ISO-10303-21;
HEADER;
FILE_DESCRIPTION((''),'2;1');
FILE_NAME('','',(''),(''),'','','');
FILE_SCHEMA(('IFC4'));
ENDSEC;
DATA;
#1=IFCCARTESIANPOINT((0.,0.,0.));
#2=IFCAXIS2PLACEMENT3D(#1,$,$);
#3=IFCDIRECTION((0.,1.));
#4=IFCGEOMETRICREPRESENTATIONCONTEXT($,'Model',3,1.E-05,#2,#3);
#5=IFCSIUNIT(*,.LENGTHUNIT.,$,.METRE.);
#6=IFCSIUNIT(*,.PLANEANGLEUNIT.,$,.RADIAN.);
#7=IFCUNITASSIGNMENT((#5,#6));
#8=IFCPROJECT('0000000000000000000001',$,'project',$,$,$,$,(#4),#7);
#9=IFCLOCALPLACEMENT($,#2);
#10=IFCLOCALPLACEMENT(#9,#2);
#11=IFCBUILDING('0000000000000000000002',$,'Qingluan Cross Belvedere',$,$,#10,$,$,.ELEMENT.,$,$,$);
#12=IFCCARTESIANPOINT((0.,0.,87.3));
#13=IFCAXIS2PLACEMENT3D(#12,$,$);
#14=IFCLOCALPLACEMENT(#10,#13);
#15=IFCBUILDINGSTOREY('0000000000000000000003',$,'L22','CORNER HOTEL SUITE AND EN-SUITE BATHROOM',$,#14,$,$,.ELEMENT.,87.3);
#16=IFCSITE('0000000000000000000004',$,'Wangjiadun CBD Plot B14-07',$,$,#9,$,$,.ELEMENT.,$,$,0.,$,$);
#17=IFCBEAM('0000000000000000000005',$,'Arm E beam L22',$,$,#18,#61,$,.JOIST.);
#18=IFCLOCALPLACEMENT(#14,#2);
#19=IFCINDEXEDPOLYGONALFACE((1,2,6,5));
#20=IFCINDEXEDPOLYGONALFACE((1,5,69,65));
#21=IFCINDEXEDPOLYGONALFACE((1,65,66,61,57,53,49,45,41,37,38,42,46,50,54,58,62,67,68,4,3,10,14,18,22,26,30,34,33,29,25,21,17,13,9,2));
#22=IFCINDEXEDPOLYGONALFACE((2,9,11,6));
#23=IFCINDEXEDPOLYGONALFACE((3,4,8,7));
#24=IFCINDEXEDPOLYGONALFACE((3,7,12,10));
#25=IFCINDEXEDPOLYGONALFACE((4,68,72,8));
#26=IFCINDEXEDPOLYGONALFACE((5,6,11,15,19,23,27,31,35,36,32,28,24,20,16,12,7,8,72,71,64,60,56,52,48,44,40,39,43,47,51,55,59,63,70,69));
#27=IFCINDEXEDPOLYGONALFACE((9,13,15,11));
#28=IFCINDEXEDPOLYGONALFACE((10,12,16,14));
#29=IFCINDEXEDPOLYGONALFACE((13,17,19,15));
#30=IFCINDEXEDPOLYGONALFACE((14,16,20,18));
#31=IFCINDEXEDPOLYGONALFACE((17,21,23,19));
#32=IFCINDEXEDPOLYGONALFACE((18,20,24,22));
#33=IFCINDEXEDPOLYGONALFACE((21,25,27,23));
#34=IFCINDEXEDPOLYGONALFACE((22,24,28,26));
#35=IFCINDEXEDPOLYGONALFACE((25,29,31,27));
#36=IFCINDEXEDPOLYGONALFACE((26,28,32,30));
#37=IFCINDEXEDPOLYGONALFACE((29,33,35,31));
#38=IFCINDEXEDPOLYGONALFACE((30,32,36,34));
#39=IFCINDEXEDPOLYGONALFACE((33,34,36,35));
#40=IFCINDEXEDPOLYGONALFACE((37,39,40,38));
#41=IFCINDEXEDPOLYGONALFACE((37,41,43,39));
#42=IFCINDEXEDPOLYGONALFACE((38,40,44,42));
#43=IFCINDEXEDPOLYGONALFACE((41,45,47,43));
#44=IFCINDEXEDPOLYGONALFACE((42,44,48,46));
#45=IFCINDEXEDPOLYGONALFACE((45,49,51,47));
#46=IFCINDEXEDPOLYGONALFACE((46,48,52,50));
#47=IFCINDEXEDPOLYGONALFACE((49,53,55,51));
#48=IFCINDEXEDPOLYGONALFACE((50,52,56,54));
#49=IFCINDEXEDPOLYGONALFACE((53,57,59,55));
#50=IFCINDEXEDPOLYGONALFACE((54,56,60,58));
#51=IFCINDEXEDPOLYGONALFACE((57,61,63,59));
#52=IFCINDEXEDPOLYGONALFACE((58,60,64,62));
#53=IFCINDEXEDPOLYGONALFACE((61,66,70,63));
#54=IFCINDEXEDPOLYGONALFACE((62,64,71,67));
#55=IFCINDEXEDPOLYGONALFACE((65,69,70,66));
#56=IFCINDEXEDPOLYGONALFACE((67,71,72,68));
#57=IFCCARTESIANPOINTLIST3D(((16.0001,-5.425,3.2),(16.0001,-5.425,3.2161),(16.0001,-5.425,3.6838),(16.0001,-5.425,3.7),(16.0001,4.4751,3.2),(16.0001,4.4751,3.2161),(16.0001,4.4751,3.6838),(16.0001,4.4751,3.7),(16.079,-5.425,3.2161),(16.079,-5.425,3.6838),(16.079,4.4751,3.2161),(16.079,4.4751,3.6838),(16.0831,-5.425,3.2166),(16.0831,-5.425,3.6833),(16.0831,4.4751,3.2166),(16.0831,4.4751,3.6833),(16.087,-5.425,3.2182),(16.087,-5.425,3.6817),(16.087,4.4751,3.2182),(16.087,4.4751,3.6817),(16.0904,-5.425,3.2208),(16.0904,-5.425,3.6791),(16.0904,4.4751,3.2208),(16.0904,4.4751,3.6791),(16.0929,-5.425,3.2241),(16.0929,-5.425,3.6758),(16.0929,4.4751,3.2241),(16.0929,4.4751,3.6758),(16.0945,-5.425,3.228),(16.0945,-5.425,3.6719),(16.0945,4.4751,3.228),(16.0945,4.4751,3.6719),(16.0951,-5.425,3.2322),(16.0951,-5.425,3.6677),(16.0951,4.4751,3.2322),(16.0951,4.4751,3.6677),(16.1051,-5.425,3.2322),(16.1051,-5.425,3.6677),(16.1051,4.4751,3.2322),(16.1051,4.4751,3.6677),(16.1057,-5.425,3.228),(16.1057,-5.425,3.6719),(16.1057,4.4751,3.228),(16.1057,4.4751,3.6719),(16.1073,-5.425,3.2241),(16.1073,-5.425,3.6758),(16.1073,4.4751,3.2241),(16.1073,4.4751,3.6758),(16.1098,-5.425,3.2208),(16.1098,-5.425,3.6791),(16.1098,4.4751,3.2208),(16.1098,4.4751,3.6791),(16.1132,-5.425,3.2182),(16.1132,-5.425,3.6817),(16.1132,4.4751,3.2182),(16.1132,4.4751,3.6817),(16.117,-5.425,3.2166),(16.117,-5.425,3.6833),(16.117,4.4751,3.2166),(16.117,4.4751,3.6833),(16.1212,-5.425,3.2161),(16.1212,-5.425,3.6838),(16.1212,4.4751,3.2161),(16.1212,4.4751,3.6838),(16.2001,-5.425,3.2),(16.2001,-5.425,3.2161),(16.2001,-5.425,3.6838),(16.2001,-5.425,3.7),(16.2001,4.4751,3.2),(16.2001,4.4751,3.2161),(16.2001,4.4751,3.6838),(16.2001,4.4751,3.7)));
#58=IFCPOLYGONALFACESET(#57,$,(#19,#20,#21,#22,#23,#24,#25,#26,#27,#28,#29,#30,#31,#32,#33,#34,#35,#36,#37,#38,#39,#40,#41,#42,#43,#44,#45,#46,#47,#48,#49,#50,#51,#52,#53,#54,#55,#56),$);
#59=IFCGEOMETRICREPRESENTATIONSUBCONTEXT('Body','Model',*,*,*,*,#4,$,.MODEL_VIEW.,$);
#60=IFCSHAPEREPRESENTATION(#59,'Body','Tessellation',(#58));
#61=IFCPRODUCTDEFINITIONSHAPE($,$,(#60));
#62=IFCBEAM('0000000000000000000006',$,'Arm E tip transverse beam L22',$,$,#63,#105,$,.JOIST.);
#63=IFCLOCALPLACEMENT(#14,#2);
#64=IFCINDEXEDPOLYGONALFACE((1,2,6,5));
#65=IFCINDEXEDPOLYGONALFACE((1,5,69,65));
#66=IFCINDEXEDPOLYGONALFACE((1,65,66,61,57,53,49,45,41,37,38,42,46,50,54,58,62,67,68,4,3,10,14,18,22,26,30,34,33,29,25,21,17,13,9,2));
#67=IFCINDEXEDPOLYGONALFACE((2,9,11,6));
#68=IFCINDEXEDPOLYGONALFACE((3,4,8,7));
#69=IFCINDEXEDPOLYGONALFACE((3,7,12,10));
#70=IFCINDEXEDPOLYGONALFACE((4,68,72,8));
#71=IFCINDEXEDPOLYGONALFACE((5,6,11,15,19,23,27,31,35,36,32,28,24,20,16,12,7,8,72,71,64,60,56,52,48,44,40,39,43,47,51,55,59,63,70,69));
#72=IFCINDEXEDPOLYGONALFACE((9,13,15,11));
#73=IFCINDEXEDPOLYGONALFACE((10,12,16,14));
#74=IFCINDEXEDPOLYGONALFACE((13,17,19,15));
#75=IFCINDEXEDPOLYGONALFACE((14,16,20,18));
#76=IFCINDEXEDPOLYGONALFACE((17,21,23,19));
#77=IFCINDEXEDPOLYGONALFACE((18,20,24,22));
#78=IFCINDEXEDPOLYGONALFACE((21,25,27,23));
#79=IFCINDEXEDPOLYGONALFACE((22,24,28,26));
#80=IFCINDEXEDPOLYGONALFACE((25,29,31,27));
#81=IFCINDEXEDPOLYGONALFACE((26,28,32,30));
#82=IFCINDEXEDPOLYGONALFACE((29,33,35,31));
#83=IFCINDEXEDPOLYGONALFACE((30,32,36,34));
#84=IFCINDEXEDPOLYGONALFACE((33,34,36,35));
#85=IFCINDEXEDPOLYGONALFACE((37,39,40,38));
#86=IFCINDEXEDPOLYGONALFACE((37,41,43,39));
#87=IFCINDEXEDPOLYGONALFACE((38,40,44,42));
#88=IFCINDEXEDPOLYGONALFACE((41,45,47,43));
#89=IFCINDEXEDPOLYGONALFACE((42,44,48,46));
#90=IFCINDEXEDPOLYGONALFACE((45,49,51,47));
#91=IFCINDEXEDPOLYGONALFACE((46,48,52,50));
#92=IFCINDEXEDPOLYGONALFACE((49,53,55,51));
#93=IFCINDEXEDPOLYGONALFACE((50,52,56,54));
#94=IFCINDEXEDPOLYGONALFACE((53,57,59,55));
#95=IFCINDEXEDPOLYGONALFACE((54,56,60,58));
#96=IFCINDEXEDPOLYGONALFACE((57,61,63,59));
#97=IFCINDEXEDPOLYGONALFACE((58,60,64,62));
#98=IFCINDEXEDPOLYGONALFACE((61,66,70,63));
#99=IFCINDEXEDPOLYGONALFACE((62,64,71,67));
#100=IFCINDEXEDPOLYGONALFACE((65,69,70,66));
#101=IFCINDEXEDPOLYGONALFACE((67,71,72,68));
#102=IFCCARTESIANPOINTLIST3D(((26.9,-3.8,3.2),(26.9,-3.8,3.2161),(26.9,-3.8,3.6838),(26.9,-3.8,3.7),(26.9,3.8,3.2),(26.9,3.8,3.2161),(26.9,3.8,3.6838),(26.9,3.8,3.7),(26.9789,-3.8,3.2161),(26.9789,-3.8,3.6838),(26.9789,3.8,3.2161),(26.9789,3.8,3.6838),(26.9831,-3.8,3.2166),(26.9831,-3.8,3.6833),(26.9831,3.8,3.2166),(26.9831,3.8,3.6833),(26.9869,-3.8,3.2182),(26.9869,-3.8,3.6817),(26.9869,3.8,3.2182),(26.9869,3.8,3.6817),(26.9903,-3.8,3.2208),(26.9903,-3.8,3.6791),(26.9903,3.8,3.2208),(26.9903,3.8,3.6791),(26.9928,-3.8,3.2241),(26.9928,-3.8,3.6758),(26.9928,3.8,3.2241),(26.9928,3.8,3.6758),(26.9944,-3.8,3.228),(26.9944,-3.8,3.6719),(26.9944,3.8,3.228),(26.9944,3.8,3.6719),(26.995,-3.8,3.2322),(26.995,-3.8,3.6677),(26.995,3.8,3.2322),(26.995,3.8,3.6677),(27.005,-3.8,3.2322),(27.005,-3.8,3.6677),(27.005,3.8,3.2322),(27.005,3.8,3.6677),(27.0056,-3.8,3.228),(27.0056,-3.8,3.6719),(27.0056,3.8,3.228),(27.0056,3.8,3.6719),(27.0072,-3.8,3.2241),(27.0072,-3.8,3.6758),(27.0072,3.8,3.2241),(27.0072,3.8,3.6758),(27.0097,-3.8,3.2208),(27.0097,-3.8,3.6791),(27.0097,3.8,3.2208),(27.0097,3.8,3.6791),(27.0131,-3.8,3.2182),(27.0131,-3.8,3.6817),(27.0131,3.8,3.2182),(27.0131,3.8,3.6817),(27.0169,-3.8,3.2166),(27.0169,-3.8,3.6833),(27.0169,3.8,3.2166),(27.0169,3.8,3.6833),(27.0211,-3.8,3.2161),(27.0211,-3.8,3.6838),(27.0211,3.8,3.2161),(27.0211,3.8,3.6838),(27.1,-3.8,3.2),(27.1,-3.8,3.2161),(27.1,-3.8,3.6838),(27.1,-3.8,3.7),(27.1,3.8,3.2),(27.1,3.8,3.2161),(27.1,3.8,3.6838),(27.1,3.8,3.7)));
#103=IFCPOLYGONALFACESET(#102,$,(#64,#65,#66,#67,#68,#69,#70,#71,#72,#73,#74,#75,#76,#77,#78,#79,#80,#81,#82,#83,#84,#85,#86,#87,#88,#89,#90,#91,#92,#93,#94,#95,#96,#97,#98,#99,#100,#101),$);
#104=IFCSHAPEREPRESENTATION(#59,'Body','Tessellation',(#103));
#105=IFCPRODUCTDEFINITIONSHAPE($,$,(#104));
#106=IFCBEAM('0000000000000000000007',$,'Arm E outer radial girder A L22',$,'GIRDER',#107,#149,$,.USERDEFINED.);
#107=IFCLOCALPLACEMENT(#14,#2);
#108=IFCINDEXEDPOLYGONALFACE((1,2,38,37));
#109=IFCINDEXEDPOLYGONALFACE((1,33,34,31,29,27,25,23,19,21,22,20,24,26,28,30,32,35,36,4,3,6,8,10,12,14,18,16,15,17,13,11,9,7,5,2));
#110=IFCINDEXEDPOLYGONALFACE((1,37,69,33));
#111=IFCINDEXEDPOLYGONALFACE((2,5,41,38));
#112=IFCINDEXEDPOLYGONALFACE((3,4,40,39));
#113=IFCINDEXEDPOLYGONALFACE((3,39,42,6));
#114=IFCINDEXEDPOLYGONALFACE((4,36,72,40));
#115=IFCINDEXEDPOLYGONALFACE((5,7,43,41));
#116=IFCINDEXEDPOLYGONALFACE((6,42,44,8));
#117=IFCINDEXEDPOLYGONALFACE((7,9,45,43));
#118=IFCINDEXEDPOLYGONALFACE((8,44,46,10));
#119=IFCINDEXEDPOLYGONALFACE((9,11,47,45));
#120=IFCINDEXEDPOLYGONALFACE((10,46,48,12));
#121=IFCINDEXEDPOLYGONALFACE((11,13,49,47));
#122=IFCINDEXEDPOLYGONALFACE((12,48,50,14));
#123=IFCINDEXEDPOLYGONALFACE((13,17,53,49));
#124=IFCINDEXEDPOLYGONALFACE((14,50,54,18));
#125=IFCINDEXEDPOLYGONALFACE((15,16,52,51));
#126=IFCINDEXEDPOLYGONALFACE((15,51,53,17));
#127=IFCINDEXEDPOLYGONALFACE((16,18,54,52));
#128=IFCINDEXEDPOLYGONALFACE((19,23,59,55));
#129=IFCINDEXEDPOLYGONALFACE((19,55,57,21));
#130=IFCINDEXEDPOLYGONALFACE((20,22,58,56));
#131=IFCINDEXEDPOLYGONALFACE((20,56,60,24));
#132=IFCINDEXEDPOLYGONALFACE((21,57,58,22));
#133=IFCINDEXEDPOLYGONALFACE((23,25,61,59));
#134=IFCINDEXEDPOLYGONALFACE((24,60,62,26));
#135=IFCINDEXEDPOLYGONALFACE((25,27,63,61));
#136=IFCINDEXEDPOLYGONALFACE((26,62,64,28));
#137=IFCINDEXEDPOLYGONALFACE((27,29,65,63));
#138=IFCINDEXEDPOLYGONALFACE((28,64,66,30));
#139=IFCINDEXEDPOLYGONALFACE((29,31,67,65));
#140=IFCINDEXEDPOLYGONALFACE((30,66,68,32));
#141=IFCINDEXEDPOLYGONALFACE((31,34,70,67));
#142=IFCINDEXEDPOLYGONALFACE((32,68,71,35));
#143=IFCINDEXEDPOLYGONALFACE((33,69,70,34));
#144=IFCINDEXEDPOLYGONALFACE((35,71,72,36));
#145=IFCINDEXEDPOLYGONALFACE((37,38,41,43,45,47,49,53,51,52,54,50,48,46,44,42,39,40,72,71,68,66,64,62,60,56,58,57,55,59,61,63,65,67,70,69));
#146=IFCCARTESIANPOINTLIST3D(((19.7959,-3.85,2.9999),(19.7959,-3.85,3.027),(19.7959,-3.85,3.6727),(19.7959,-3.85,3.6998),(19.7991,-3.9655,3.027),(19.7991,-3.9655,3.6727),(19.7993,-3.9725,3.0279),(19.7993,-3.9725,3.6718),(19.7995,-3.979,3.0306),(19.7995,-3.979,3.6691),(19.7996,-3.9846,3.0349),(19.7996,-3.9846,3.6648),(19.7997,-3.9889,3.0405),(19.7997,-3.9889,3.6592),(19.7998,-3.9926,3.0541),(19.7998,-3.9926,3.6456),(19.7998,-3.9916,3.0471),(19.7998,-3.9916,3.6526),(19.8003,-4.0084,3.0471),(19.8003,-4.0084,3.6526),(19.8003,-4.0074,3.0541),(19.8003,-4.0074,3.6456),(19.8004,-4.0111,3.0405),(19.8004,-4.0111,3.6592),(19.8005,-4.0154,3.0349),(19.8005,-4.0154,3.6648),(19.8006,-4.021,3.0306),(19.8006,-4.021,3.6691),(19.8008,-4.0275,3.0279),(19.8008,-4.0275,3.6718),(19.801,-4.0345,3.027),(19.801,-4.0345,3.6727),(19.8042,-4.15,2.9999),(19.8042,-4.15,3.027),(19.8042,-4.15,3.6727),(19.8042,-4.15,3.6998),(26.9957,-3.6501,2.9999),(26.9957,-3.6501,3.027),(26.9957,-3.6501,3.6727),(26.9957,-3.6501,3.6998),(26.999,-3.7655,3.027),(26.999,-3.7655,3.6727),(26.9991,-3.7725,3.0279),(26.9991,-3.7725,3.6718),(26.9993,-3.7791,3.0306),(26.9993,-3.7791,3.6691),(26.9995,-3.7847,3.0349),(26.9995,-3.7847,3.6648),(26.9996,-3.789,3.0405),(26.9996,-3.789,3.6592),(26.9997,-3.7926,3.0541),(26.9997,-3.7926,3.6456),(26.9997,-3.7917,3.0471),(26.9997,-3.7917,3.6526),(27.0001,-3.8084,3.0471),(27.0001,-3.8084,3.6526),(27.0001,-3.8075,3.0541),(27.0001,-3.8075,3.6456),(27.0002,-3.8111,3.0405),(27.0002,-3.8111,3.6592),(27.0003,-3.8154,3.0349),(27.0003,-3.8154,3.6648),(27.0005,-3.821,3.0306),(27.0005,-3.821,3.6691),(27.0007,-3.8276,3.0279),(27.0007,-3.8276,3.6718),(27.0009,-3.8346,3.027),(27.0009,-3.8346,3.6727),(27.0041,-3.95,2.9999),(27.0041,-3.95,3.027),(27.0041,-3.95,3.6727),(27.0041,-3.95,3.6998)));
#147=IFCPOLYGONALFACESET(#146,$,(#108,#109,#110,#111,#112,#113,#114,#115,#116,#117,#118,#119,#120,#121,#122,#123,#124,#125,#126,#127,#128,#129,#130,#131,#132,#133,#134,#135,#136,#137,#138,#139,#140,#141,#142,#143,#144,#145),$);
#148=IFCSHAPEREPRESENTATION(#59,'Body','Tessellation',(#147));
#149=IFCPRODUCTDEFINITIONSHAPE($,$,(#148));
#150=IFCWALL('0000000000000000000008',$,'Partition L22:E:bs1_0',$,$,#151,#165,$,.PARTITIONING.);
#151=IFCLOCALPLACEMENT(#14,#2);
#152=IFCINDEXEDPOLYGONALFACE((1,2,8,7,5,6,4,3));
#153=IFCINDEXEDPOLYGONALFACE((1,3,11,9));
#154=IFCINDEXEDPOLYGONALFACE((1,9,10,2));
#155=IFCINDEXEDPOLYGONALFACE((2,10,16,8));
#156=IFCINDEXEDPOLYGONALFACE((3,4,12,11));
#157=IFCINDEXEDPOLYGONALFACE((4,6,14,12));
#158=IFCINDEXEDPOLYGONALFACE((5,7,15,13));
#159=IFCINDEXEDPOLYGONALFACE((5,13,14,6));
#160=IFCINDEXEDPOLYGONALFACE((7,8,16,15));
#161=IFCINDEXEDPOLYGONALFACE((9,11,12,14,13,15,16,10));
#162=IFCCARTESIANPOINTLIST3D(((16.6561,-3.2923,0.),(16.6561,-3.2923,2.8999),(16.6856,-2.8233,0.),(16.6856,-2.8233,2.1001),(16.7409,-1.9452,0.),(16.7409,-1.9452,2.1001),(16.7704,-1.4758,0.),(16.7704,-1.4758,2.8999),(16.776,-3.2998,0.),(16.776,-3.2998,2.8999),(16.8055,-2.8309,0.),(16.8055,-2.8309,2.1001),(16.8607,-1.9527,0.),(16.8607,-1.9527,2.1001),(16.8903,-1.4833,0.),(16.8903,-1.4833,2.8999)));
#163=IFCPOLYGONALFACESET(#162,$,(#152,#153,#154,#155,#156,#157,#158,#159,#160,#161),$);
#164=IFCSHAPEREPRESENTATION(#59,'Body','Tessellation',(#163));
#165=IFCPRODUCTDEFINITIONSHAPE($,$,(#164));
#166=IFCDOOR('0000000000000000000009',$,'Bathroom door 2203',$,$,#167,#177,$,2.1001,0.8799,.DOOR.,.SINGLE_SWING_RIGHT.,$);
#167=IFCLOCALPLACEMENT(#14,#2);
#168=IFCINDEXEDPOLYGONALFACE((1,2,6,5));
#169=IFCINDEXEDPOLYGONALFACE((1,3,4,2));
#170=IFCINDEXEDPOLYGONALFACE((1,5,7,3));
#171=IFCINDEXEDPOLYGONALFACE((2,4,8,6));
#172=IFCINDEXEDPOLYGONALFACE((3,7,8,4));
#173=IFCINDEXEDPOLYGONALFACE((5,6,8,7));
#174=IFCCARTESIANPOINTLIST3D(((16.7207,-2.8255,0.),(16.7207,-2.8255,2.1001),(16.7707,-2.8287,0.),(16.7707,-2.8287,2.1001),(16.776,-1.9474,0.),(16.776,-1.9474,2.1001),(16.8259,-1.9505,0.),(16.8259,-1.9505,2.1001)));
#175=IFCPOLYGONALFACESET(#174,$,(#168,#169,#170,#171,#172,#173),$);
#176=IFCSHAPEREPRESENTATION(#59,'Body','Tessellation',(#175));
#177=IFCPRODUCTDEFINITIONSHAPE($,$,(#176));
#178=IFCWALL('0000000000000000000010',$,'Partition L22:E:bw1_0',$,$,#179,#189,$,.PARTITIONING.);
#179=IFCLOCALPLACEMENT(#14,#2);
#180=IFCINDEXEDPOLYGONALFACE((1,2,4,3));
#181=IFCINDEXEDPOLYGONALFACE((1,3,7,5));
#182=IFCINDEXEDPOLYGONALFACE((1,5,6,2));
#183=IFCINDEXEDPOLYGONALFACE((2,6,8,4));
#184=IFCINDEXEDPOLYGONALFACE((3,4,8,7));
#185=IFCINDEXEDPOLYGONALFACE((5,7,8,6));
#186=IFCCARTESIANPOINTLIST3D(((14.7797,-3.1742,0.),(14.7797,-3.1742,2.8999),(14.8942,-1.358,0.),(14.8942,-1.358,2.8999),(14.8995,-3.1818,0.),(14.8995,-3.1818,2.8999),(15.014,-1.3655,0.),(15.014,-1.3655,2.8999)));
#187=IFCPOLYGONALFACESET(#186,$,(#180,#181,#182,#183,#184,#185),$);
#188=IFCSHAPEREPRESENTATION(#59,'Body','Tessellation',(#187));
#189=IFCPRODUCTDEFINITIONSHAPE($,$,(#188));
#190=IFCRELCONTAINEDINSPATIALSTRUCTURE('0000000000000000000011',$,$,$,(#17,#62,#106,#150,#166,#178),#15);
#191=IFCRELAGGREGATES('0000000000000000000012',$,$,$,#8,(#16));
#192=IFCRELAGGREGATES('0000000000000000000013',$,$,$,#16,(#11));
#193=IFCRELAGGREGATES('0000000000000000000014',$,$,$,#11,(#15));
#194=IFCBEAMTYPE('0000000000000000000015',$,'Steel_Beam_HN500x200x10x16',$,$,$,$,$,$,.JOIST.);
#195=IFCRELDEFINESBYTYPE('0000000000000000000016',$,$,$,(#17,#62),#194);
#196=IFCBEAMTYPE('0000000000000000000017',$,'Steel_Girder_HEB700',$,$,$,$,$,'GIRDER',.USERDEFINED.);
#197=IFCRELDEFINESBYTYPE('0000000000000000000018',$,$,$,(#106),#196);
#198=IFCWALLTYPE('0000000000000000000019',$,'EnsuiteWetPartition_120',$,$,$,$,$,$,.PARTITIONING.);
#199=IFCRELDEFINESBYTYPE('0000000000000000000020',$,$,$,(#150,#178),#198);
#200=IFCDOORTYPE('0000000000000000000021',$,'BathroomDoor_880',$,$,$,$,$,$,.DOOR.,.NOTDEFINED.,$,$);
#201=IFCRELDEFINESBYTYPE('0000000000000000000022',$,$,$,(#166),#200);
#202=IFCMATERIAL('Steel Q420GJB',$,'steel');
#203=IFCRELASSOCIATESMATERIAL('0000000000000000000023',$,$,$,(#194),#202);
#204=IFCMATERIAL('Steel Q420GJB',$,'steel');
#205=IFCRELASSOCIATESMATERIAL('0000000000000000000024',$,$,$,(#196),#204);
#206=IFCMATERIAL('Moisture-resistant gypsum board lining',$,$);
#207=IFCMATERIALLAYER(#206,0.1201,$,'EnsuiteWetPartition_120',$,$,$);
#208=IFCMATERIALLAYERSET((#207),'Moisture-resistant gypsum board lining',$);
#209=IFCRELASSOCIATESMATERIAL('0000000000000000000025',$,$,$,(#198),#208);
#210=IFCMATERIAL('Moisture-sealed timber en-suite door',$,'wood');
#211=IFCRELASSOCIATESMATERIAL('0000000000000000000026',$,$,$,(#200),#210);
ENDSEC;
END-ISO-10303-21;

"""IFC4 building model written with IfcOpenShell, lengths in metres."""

from ifc_helpers import new_model, si_unit, direction, frame, frame_2d, origin, origin_2d, place, context, subcontext, project, spatial, rectangle, i_section, extrude, material, layer, layer_set, material_profile, profile_set, type_object, element, fill, save


model = new_model("IFC4")

# Units and contexts
model_context = context("Model", 3, precision=1e-05, world=origin(), true_north=direction((0.0, 1.0)))
body_context = subcontext(model_context, "Body", "Model", "MODEL_VIEW")
ifc_project = project(units=[si_unit("LENGTHUNIT", "METRE"), si_unit("PLANEANGLEUNIT", "RADIAN")], contexts=[model_context])

# Site, building, storey
site_placement = place(None, origin())
site = spatial("IfcSite", under=ifc_project, at=site_placement, Name="Wangjiadun CBD Plot B14-07", CompositionType="ELEMENT", RefElevation=0.0)
building_placement = place(site_placement, origin())
building = spatial("IfcBuilding", under=site, at=building_placement, Name="Qingluan Cross Belvedere", CompositionType="ELEMENT")
storey_placement = place(building_placement, frame((0.0, 0.0, 87.3)))
storey = spatial("IfcBuildingStorey", under=building, at=storey_placement, Name="L22", Description="CORNER HOTEL SUITE AND EN-SUITE BATHROOM", CompositionType="ELEMENT", Elevation=87.3)

# Beams
ifc_material_1 = material(Name="Steel Q420GJB", Category="steel")
ifc_material_profile_1 = material_profile(ifc_material_1, i_section(OverallWidth=0.2, OverallDepth=0.5, WebThickness=0.01, FlangeThickness=0.0161, FilletRadius=0.0161, at=origin_2d()), Name="HN500x200x10x16")
ifc_profile_set_1 = profile_set([ifc_material_profile_1], Name="Steel Q420GJB")
beam_type_1 = type_object("IfcBeamType", Name="Steel_Beam_HN500x200x10x16", PredefinedType="JOIST", material=ifc_profile_set_1)
beam_1_placement = place(storey_placement, frame((16.1001, -5.425, 3.45), z_axis=(0.0, 1.0, 0.0), x_axis=(-1.0, 0.0, 0.0)))
element("IfcBeam", 1, at=beam_1_placement, inside=storey, type_object=beam_type_1, Name="Arm E beam L22", PredefinedType="JOIST", context=body_context, shape_type="SweptSolid", body=[
    extrude(i_section(OverallWidth=0.2, OverallDepth=0.5, WebThickness=0.01, FlangeThickness=0.0161, FilletRadius=0.0161, at=origin_2d()), origin(), (0.0, 0.0, 1.0), 9.9001),
])
beam_2_placement = place(storey_placement, frame((27.0, -3.8, 3.45), z_axis=(0.0, 1.0, 0.0), x_axis=(-1.0, 0.0, 0.0)))
element("IfcBeam", 2, at=beam_2_placement, inside=storey, type_object=beam_type_1, Name="Arm E tip transverse beam L22", PredefinedType="JOIST", context=body_context, shape_type="SweptSolid", body=[
    extrude(i_section(OverallWidth=0.2, OverallDepth=0.5, WebThickness=0.01, FlangeThickness=0.0161, FilletRadius=0.0161, at=origin_2d()), origin(), (0.0, 0.0, 1.0), 7.6001),
])
ifc_material_2 = material(Name="Steel Q420GJB", Category="steel")
ifc_material_profile_2 = material_profile(ifc_material_2, i_section(OverallWidth=0.3, OverallDepth=0.7, WebThickness=0.0149, FlangeThickness=0.0271, FilletRadius=0.0271, at=origin_2d()), Name="HEB700")
ifc_profile_set_2 = profile_set([ifc_material_profile_2], Name="Steel Q420GJB")
beam_type_2 = type_object("IfcBeamType", Name="Steel_Girder_HEB700", ElementType="GIRDER", PredefinedType="USERDEFINED", material=ifc_profile_set_2)
beam_3_placement = place(storey_placement, frame((19.8, -4.0, 3.3499), z_axis=(0.999615, 0.02776, 0.0), x_axis=(-0.02776, 0.999615, 0.0)))
element("IfcBeam", 3, at=beam_3_placement, inside=storey, type_object=beam_type_2, Name="Arm E outer radial girder A L22", ObjectType="GIRDER", PredefinedType="USERDEFINED", context=body_context, shape_type="SweptSolid", body=[
    extrude(i_section(OverallWidth=0.3, OverallDepth=0.7, WebThickness=0.0149, FlangeThickness=0.0271, FilletRadius=0.0271, at=origin_2d()), origin(), (0.0, 0.0, 1.0), 7.2026),
])

# Wall, opening, door
ifc_material_3 = material(Name="Moisture-resistant gypsum board lining")
ifc_layer_1 = layer(ifc_material_3, 0.1201, Name="EnsuiteWetPartition_120")
ifc_layer_set_1 = layer_set([ifc_layer_1], Name="Moisture-resistant gypsum board lining")
wall_type_1 = type_object("IfcWallType", Name="EnsuiteWetPartition_120", PredefinedType="PARTITIONING", material=ifc_layer_set_1)
wall_1_placement = place(storey_placement, frame((16.7161, -3.2961, 0.0), z_axis=(0.0, 0.0, 1.0), x_axis=(0.062779, 0.998027, 0.0)))
wall_1 = element("IfcWall", 4, at=wall_1_placement, inside=storey, type_object=wall_type_1, Name="Partition L22:E:bs1_0", PredefinedType="PARTITIONING", context=body_context, shape_type="SweptSolid", body=[
    extrude(rectangle(XDim=1.8201, YDim=0.1201, at=frame_2d((0.9102, 0.0))), origin(), (0.0, 0.0, 1.0), 2.8999),
])
opening_1_placement = place(wall_1_placement, frame((0.47, 0.0, 0.0)))
opening_1 = element("IfcOpeningElement", 5, at=opening_1_placement, cuts=wall_1, PredefinedType="OPENING", context=body_context, shape_type="SweptSolid", body=[
    extrude(rectangle(XDim=0.8799, YDim=2.1001, at=frame_2d((0.4399, 1.05))), frame((0.0, 0.0701, 0.0), z_axis=(0.0, -1.0, 0.0), x_axis=(1.0, 0.0, 0.0)), (0.0, 0.0, 1.0), 0.1401),
])
ifc_material_4 = material(Name="Moisture-sealed timber en-suite door", Category="wood")
door_type = type_object("IfcDoorType", Name="BathroomDoor_880", OperationType="NOTDEFINED", PredefinedType="DOOR", material=ifc_material_4)
door_1_placement = place(opening_1_placement, origin())
door_1 = element("IfcDoor", 6, at=door_1_placement, inside=storey, type_object=door_type, Name="Bathroom door 2203", OperationType="SINGLE_SWING_RIGHT", OverallHeight=2.1001, OverallWidth=0.8799, PredefinedType="DOOR", context=body_context, shape_type="SweptSolid", body=[
    extrude(rectangle(XDim=0.8799, YDim=2.1001, at=frame_2d((0.4399, 1.05))), frame((0.0, 0.0249, 0.0), z_axis=(0.0, -1.0, 0.0), x_axis=(1.0, 0.0, 0.0)), (0.0, 0.0, 1.0), 0.05),
])
fill(opening_1, door_1)

# Wall
wall_2_placement = place(storey_placement, frame((14.8396, -3.178, 0.0), z_axis=(0.0, 0.0, 1.0), x_axis=(0.062921, 0.998018, 0.0)))
element("IfcWall", 7, at=wall_2_placement, inside=storey, type_object=wall_type_1, Name="Partition L22:E:bw1_0", PredefinedType="PARTITIONING", context=body_context, shape_type="SweptSolid", body=[
    extrude(rectangle(XDim=1.8198, YDim=0.1201, at=frame_2d((0.9099, 0.0))), origin(), (0.0, 0.0, 1.0), 2.8999),
])

save(model, "model.ifc")
